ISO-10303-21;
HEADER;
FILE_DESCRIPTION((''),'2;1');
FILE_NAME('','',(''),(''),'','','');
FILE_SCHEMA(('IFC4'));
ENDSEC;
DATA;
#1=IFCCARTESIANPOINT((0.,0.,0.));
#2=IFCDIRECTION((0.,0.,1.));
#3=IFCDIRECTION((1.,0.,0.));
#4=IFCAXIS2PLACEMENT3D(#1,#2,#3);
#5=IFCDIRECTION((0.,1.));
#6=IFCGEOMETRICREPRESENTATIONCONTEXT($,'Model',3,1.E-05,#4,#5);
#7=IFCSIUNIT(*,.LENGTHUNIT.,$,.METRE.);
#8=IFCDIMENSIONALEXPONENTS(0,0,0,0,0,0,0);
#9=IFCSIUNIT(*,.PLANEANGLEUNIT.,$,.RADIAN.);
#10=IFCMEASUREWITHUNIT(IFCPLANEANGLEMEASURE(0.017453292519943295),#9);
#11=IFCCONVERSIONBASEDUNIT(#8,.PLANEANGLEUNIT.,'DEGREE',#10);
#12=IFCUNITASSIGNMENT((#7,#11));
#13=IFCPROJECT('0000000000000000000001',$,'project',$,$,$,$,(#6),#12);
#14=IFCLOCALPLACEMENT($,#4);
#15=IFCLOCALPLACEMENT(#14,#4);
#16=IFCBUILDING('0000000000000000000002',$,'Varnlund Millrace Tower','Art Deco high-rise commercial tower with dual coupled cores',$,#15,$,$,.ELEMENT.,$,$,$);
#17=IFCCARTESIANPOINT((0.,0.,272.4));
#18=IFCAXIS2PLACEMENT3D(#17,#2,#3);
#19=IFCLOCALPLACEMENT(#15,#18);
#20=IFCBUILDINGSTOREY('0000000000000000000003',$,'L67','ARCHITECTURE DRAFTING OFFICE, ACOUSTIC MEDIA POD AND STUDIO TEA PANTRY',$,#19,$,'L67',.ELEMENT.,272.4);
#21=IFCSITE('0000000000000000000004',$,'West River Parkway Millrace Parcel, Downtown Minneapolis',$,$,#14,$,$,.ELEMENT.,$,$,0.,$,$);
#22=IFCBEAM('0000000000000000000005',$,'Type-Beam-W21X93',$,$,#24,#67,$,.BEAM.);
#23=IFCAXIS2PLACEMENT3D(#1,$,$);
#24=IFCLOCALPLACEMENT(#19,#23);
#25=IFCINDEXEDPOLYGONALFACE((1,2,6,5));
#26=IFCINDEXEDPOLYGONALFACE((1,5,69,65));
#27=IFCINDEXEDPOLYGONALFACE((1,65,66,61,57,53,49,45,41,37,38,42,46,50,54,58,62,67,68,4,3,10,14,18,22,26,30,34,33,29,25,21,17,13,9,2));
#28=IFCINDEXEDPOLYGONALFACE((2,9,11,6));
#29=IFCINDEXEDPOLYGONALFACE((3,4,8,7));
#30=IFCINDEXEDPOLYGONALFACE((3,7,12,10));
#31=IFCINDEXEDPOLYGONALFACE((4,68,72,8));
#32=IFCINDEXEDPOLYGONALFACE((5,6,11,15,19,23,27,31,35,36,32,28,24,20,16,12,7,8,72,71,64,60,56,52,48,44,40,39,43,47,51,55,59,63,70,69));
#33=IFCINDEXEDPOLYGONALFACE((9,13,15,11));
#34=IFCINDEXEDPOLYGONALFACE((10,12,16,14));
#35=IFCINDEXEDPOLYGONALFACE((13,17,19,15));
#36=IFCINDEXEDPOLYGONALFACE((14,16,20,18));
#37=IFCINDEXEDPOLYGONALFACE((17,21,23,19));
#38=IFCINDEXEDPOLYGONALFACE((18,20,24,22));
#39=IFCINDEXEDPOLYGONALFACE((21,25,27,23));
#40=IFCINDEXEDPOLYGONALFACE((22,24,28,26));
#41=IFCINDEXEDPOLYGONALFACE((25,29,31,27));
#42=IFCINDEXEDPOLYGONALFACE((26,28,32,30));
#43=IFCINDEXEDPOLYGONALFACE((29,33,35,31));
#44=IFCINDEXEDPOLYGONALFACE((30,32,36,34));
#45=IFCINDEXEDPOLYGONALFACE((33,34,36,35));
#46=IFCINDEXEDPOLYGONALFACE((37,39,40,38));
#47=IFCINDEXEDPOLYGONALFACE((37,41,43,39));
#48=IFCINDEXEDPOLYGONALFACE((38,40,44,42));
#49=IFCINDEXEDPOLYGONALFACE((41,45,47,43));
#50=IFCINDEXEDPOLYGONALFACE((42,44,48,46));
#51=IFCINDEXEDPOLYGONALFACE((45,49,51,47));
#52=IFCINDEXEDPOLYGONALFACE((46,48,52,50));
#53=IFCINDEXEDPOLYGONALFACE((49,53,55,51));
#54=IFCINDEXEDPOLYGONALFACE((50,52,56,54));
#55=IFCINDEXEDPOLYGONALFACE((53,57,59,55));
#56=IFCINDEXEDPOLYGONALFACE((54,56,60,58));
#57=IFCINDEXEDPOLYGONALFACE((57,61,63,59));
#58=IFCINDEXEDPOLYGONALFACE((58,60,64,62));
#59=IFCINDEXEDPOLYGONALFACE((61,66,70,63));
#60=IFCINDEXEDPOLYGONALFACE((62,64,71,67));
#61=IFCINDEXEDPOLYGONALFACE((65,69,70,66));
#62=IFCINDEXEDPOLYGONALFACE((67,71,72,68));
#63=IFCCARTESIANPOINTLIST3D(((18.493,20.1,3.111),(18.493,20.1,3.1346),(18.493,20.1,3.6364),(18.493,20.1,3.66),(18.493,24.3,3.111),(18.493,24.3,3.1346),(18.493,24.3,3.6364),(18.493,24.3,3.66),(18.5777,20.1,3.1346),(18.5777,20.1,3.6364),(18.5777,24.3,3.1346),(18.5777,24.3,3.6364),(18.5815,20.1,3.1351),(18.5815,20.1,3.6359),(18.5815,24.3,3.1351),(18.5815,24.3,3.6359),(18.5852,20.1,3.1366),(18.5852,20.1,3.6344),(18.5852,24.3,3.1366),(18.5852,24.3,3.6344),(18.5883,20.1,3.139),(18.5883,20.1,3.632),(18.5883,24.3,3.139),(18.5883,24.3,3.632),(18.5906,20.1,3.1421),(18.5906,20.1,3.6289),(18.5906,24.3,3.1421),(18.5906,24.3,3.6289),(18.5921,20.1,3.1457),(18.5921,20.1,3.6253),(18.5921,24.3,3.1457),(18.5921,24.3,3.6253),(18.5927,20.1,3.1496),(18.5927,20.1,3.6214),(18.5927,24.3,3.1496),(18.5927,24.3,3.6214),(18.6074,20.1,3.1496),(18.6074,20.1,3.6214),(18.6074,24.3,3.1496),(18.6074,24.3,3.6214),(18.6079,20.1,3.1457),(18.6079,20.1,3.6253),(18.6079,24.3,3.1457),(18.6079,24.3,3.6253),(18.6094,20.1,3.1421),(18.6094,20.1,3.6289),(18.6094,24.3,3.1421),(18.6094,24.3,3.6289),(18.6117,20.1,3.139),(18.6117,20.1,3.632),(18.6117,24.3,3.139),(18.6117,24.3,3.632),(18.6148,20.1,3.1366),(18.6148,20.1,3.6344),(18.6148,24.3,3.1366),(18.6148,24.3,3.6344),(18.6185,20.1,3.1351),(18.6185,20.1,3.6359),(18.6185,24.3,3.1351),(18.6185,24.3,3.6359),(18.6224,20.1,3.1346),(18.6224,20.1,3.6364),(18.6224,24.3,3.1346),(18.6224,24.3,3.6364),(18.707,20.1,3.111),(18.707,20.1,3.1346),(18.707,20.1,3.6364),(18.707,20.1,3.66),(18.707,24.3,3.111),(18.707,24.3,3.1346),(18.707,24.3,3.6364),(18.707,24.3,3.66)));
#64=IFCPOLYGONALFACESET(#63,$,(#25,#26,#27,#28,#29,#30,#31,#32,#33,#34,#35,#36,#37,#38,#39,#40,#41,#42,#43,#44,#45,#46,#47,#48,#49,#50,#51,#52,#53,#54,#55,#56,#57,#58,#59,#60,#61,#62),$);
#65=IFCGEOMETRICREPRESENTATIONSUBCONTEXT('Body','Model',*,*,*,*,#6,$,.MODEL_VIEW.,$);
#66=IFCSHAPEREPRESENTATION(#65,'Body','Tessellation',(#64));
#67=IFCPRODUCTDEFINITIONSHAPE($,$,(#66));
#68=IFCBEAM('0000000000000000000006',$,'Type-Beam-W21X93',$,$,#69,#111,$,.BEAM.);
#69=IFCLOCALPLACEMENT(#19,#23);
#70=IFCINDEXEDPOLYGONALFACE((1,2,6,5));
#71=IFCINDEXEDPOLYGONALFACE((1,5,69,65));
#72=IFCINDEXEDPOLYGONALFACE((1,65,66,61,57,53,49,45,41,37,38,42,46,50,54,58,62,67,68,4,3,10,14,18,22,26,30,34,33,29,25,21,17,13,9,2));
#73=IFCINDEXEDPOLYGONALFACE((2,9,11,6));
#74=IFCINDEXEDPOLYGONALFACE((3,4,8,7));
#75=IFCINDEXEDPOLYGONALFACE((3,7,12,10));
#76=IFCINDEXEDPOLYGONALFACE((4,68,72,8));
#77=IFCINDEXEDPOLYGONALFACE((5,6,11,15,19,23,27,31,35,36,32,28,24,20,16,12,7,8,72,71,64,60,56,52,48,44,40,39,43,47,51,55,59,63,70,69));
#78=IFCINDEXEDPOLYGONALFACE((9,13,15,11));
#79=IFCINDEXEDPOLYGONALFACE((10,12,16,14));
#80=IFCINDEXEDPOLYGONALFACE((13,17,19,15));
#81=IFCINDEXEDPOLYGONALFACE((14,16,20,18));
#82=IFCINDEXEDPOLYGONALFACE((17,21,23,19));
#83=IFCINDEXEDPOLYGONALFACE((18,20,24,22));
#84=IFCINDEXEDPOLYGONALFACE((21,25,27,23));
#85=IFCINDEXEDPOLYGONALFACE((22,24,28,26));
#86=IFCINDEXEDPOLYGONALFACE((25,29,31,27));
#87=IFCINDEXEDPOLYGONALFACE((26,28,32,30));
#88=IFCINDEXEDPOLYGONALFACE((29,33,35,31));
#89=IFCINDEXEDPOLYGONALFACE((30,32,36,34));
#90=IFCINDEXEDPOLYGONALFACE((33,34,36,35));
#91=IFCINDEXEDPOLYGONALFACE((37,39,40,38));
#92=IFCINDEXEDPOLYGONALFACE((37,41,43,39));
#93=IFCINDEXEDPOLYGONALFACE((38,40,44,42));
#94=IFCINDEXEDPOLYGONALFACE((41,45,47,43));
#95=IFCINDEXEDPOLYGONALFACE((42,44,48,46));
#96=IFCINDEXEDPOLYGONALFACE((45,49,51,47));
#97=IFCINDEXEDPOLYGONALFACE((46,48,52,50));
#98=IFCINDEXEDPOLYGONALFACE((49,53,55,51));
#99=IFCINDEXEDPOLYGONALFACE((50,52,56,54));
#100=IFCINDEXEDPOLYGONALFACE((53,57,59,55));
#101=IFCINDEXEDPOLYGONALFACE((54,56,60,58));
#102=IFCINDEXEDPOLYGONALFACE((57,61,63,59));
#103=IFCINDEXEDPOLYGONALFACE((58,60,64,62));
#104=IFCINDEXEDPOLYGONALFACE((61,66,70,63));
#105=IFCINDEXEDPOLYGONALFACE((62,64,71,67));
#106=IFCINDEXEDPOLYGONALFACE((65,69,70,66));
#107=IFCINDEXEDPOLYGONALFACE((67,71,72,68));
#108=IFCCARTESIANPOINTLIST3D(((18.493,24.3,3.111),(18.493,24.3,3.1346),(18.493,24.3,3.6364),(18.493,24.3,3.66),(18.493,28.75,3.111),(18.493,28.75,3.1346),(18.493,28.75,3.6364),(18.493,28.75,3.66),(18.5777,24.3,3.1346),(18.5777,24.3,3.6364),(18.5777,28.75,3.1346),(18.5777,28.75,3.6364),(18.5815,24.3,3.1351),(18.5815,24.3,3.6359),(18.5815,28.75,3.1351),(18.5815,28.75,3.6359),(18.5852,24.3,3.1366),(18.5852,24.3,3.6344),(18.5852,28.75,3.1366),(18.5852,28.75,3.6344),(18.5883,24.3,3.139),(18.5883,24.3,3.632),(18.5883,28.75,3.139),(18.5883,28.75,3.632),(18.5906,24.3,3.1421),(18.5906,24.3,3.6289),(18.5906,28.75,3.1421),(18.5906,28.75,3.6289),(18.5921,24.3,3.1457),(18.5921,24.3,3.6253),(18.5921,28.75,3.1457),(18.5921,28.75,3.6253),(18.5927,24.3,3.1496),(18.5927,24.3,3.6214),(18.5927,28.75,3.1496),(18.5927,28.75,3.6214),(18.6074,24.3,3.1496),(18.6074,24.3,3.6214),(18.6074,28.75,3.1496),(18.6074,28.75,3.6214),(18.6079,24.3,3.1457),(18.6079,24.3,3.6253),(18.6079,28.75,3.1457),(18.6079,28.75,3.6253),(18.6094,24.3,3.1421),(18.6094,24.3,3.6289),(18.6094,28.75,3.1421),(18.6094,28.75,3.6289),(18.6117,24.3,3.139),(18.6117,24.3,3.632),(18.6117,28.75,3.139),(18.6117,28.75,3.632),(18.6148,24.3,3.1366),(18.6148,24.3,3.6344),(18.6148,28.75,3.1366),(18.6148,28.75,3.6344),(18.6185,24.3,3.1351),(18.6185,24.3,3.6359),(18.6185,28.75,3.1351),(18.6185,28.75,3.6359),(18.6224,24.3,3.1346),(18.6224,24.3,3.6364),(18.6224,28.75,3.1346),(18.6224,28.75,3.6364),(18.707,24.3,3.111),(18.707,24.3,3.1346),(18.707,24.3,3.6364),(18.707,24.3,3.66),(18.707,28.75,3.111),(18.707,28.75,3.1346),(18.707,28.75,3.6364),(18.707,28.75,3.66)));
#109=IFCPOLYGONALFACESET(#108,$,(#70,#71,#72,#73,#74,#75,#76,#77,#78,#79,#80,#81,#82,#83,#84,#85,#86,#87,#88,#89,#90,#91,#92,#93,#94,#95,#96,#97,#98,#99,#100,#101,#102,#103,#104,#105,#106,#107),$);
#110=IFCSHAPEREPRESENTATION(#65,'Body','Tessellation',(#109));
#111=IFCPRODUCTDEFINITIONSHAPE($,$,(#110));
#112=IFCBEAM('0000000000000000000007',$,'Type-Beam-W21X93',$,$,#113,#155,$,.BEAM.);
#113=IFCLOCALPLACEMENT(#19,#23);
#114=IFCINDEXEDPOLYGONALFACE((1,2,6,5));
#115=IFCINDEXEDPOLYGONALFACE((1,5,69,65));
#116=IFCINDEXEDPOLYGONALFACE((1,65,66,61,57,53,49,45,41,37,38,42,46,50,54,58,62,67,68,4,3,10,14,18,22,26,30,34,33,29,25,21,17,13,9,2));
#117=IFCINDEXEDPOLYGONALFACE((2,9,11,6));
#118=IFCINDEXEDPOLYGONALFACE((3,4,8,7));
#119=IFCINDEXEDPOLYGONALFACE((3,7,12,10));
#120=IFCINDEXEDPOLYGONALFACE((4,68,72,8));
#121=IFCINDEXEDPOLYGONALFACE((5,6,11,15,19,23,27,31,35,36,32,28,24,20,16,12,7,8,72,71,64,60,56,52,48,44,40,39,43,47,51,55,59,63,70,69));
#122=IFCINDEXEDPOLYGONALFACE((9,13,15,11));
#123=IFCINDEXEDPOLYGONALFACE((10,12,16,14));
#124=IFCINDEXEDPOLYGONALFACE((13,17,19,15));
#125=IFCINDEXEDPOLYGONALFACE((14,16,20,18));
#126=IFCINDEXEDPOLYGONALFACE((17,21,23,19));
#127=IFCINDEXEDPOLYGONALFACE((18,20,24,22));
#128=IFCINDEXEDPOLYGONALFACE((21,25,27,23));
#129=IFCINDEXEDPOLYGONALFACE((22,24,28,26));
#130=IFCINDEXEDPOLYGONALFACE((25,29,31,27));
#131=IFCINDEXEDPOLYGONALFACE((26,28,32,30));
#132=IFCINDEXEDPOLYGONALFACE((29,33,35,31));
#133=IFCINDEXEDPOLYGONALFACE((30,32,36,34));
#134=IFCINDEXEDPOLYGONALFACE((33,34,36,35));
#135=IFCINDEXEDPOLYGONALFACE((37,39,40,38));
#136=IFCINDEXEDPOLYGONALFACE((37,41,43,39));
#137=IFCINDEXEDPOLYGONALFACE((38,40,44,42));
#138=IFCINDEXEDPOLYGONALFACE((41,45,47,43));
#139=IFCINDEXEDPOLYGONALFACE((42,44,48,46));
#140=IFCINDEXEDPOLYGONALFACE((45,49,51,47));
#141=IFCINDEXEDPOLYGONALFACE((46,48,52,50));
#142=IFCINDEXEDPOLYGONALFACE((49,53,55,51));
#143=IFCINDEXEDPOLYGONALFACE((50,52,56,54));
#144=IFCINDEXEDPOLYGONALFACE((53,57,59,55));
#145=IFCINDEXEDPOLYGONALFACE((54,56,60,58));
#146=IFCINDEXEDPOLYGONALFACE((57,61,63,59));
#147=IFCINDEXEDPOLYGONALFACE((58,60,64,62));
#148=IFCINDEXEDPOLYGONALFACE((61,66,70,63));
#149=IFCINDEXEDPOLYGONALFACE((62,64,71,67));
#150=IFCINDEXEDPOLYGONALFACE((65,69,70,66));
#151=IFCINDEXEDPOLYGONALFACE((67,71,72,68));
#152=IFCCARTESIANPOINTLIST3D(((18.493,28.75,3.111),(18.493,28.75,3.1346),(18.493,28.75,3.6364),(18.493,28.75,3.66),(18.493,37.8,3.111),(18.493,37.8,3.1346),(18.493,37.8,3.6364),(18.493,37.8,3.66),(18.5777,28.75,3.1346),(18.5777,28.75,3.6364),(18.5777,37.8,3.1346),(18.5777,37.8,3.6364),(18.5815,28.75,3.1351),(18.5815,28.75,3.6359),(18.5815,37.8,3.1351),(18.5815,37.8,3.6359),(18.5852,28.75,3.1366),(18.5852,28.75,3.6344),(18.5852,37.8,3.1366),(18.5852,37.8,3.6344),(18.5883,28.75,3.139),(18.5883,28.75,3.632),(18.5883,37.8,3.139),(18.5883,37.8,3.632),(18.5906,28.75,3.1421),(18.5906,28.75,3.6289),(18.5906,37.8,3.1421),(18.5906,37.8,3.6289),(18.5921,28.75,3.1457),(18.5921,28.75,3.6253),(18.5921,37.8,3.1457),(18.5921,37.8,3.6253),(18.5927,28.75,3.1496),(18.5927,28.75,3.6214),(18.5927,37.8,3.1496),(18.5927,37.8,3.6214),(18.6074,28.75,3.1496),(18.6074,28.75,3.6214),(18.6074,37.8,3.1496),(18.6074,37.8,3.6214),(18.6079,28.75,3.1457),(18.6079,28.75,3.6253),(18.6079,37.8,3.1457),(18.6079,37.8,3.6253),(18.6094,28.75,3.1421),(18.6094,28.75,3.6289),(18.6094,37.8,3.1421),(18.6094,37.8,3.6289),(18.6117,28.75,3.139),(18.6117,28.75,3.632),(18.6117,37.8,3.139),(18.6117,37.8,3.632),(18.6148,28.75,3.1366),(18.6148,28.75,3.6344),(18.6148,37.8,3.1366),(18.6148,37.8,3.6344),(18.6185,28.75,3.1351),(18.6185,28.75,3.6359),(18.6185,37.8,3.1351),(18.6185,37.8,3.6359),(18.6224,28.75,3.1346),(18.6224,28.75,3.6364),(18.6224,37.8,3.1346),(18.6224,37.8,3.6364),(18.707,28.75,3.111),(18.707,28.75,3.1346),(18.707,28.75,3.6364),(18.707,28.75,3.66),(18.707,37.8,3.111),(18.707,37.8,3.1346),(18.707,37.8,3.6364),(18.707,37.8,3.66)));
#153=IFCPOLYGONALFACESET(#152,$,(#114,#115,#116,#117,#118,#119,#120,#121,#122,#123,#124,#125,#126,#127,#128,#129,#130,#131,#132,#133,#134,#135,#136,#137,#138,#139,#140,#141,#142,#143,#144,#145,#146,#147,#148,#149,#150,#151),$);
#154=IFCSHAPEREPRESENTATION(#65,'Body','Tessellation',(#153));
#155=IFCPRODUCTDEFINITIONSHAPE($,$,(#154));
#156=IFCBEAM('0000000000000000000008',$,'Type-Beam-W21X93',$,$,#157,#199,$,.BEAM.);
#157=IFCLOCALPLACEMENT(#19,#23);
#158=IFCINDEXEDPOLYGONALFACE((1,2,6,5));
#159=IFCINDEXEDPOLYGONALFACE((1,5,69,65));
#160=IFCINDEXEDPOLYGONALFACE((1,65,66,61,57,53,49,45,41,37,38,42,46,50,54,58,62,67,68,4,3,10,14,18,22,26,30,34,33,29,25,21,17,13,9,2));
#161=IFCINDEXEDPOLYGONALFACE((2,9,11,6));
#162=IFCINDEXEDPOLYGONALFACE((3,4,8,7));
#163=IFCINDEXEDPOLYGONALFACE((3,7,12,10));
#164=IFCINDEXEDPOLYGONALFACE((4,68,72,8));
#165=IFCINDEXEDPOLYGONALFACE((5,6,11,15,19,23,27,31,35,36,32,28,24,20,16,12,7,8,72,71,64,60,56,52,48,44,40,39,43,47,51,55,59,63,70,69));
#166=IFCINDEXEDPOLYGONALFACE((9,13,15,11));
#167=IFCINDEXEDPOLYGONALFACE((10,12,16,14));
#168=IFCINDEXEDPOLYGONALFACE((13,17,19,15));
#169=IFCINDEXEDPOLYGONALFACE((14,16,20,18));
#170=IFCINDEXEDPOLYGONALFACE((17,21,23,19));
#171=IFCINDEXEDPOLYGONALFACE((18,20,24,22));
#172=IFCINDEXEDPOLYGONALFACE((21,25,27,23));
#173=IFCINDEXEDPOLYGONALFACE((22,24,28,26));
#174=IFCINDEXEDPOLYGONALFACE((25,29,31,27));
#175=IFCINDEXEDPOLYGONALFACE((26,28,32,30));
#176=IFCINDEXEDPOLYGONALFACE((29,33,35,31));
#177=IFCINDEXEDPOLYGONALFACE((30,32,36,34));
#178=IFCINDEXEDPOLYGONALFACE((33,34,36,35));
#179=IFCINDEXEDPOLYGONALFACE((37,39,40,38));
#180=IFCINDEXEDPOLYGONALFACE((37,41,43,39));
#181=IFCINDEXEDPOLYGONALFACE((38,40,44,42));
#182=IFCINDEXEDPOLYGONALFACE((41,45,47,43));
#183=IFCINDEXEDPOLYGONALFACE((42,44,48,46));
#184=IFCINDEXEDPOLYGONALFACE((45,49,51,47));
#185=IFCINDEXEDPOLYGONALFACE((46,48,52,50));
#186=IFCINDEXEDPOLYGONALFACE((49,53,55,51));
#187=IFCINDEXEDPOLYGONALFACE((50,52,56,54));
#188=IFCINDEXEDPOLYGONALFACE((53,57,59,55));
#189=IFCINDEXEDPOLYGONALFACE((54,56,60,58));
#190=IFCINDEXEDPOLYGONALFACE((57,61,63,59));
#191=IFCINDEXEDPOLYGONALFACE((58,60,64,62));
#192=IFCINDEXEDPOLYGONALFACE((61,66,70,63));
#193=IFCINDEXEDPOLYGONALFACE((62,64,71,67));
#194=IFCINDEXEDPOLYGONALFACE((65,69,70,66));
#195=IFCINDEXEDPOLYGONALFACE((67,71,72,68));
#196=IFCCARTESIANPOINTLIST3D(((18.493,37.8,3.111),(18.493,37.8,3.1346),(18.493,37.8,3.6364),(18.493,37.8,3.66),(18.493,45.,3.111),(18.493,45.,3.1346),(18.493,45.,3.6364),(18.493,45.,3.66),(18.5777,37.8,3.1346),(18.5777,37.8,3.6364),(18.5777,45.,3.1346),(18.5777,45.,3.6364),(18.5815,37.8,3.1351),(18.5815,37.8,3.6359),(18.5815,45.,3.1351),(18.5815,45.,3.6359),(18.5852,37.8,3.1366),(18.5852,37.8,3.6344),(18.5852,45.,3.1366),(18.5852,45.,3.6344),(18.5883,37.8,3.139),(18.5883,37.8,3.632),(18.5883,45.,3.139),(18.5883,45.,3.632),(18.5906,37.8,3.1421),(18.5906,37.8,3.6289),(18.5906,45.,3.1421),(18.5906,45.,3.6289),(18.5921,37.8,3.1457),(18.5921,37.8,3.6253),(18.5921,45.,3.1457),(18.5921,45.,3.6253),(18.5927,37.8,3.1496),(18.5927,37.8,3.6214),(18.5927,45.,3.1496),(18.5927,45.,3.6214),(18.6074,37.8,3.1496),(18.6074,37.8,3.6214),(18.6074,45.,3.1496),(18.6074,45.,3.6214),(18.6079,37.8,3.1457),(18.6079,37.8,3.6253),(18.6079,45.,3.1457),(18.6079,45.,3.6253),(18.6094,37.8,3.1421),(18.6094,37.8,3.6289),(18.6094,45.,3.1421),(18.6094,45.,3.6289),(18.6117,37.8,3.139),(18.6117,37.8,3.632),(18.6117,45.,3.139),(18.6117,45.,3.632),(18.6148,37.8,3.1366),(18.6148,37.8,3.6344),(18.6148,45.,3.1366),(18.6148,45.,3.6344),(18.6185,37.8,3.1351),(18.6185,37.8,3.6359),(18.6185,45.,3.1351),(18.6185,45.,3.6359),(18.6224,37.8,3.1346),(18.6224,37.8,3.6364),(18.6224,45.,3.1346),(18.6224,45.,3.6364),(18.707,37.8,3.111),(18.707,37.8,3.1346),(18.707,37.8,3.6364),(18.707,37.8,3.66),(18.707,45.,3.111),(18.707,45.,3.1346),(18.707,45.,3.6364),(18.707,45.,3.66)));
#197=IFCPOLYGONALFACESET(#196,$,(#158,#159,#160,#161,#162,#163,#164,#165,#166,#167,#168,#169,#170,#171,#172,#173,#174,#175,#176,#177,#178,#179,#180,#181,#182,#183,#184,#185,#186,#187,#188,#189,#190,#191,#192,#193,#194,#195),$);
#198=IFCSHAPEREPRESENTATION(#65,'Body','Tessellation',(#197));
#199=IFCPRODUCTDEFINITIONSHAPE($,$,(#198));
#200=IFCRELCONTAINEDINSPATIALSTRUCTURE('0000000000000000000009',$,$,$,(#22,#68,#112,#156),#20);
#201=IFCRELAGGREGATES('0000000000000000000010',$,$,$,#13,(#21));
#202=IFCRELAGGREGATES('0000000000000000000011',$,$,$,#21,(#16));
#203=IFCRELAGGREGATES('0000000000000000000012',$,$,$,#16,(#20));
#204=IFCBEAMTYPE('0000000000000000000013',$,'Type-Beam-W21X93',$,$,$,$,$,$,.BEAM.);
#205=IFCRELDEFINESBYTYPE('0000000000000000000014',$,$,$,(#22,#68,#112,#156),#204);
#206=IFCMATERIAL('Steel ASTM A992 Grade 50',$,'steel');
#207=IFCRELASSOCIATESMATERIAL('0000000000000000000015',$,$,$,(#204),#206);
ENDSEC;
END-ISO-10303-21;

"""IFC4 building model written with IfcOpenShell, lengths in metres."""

from ifc_helpers import new_model, entity, si_unit, converted_unit, direction, frame, origin_with_axes, origin_2d_with_axis, place, context, subcontext, project, spatial, i_section, extrude, material, material_profile, profile_set, type_object, element, save


model = new_model("IFC4")

# Units and contexts
model_context = context("Model", 3, precision=1e-05, world=origin_with_axes(), true_north=direction((0.0, 1.0)))
body_context = subcontext(model_context, "Body", "Model", "MODEL_VIEW")
ifc_project = project(units=[si_unit("LENGTHUNIT", "METRE"), converted_unit("PLANEANGLEUNIT", "DEGREE", entity("IfcPlaneAngleMeasure", 0.017453292519943295), si_unit("PLANEANGLEUNIT", "RADIAN"), dimensions=[0, 0, 0, 0, 0, 0, 0])], contexts=[model_context])

# Site, building, storey
site_placement = place(None, origin_with_axes())
site = spatial("IfcSite", under=ifc_project, at=site_placement, Name="West River Parkway Millrace Parcel, Downtown Minneapolis", CompositionType="ELEMENT", RefElevation=0.0)
building_placement = place(site_placement, origin_with_axes())
building = spatial("IfcBuilding", under=site, at=building_placement, Name="Varnlund Millrace Tower", Description="Art Deco high-rise commercial tower with dual coupled cores", CompositionType="ELEMENT")
storey_placement = place(building_placement, frame((0.0, 0.0, 272.4), z_axis=(0.0, 0.0, 1.0), x_axis=(1.0, 0.0, 0.0)))
storey = spatial("IfcBuildingStorey", under=building, at=storey_placement, Name="L67", Description="ARCHITECTURE DRAFTING OFFICE, ACOUSTIC MEDIA POD AND STUDIO TEA PANTRY", LongName="L67", CompositionType="ELEMENT", Elevation=272.4)

# Beams
ifc_material_1 = material(Name="Steel ASTM A992 Grade 50", Category="steel")
ifc_material_profile_1 = material_profile(ifc_material_1, i_section(OverallWidth=0.214, OverallDepth=0.549, WebThickness=0.0147, FlangeThickness=0.0236, FilletRadius=0.015, at=origin_2d_with_axis()), Name="Steel ASTM A992 Grade 50")
ifc_profile_set_1 = profile_set([ifc_material_profile_1], Name="Steel ASTM A992 Grade 50")
beam_type_1 = type_object("IfcBeamType", Name="Type-Beam-W21X93", PredefinedType="BEAM", material=ifc_profile_set_1)
beam_1_placement = place(storey_placement, frame((18.6, 20.1, 3.3855), z_axis=(0.0, 1.0, 0.0), x_axis=(-1.0, 0.0, 0.0)))
element("IfcBeam", 1, at=beam_1_placement, inside=storey, type_object=beam_type_1, Name="Type-Beam-W21X93", PredefinedType="BEAM", context=body_context, shape_type="SweptSolid", body=[
    extrude(i_section(OverallWidth=0.214, OverallDepth=0.549, WebThickness=0.0147, FlangeThickness=0.0236, FilletRadius=0.015, at=origin_2d_with_axis()), origin_with_axes(), (0.0, 0.0, 1.0), 4.2),
])
beam_2_placement = place(storey_placement, frame((18.6, 24.3, 3.3855), z_axis=(0.0, 1.0, 0.0), x_axis=(-1.0, 0.0, 0.0)))
element("IfcBeam", 2, at=beam_2_placement, inside=storey, type_object=beam_type_1, Name="Type-Beam-W21X93", PredefinedType="BEAM", context=body_context, shape_type="SweptSolid", body=[
    extrude(i_section(OverallWidth=0.214, OverallDepth=0.549, WebThickness=0.0147, FlangeThickness=0.0236, FilletRadius=0.015, at=origin_2d_with_axis()), origin_with_axes(), (0.0, 0.0, 1.0), 4.45),
])
beam_3_placement = place(storey_placement, frame((18.6, 28.75, 3.3855), z_axis=(0.0, 1.0, 0.0), x_axis=(-1.0, 0.0, 0.0)))
element("IfcBeam", 3, at=beam_3_placement, inside=storey, type_object=beam_type_1, Name="Type-Beam-W21X93", PredefinedType="BEAM", context=body_context, shape_type="SweptSolid", body=[
    extrude(i_section(OverallWidth=0.214, OverallDepth=0.549, WebThickness=0.0147, FlangeThickness=0.0236, FilletRadius=0.015, at=origin_2d_with_axis()), origin_with_axes(), (0.0, 0.0, 1.0), 9.05),
])
beam_4_placement = place(storey_placement, frame((18.6, 37.8, 3.3855), z_axis=(0.0, 1.0, 0.0), x_axis=(-1.0, 0.0, 0.0)))
element("IfcBeam", 4, at=beam_4_placement, inside=storey, type_object=beam_type_1, Name="Type-Beam-W21X93", PredefinedType="BEAM", context=body_context, shape_type="SweptSolid", body=[
    extrude(i_section(OverallWidth=0.214, OverallDepth=0.549, WebThickness=0.0147, FlangeThickness=0.0236, FilletRadius=0.015, at=origin_2d_with_axis()), origin_with_axes(), (0.0, 0.0, 1.0), 7.2),
])

save(model, "model.ifc")
